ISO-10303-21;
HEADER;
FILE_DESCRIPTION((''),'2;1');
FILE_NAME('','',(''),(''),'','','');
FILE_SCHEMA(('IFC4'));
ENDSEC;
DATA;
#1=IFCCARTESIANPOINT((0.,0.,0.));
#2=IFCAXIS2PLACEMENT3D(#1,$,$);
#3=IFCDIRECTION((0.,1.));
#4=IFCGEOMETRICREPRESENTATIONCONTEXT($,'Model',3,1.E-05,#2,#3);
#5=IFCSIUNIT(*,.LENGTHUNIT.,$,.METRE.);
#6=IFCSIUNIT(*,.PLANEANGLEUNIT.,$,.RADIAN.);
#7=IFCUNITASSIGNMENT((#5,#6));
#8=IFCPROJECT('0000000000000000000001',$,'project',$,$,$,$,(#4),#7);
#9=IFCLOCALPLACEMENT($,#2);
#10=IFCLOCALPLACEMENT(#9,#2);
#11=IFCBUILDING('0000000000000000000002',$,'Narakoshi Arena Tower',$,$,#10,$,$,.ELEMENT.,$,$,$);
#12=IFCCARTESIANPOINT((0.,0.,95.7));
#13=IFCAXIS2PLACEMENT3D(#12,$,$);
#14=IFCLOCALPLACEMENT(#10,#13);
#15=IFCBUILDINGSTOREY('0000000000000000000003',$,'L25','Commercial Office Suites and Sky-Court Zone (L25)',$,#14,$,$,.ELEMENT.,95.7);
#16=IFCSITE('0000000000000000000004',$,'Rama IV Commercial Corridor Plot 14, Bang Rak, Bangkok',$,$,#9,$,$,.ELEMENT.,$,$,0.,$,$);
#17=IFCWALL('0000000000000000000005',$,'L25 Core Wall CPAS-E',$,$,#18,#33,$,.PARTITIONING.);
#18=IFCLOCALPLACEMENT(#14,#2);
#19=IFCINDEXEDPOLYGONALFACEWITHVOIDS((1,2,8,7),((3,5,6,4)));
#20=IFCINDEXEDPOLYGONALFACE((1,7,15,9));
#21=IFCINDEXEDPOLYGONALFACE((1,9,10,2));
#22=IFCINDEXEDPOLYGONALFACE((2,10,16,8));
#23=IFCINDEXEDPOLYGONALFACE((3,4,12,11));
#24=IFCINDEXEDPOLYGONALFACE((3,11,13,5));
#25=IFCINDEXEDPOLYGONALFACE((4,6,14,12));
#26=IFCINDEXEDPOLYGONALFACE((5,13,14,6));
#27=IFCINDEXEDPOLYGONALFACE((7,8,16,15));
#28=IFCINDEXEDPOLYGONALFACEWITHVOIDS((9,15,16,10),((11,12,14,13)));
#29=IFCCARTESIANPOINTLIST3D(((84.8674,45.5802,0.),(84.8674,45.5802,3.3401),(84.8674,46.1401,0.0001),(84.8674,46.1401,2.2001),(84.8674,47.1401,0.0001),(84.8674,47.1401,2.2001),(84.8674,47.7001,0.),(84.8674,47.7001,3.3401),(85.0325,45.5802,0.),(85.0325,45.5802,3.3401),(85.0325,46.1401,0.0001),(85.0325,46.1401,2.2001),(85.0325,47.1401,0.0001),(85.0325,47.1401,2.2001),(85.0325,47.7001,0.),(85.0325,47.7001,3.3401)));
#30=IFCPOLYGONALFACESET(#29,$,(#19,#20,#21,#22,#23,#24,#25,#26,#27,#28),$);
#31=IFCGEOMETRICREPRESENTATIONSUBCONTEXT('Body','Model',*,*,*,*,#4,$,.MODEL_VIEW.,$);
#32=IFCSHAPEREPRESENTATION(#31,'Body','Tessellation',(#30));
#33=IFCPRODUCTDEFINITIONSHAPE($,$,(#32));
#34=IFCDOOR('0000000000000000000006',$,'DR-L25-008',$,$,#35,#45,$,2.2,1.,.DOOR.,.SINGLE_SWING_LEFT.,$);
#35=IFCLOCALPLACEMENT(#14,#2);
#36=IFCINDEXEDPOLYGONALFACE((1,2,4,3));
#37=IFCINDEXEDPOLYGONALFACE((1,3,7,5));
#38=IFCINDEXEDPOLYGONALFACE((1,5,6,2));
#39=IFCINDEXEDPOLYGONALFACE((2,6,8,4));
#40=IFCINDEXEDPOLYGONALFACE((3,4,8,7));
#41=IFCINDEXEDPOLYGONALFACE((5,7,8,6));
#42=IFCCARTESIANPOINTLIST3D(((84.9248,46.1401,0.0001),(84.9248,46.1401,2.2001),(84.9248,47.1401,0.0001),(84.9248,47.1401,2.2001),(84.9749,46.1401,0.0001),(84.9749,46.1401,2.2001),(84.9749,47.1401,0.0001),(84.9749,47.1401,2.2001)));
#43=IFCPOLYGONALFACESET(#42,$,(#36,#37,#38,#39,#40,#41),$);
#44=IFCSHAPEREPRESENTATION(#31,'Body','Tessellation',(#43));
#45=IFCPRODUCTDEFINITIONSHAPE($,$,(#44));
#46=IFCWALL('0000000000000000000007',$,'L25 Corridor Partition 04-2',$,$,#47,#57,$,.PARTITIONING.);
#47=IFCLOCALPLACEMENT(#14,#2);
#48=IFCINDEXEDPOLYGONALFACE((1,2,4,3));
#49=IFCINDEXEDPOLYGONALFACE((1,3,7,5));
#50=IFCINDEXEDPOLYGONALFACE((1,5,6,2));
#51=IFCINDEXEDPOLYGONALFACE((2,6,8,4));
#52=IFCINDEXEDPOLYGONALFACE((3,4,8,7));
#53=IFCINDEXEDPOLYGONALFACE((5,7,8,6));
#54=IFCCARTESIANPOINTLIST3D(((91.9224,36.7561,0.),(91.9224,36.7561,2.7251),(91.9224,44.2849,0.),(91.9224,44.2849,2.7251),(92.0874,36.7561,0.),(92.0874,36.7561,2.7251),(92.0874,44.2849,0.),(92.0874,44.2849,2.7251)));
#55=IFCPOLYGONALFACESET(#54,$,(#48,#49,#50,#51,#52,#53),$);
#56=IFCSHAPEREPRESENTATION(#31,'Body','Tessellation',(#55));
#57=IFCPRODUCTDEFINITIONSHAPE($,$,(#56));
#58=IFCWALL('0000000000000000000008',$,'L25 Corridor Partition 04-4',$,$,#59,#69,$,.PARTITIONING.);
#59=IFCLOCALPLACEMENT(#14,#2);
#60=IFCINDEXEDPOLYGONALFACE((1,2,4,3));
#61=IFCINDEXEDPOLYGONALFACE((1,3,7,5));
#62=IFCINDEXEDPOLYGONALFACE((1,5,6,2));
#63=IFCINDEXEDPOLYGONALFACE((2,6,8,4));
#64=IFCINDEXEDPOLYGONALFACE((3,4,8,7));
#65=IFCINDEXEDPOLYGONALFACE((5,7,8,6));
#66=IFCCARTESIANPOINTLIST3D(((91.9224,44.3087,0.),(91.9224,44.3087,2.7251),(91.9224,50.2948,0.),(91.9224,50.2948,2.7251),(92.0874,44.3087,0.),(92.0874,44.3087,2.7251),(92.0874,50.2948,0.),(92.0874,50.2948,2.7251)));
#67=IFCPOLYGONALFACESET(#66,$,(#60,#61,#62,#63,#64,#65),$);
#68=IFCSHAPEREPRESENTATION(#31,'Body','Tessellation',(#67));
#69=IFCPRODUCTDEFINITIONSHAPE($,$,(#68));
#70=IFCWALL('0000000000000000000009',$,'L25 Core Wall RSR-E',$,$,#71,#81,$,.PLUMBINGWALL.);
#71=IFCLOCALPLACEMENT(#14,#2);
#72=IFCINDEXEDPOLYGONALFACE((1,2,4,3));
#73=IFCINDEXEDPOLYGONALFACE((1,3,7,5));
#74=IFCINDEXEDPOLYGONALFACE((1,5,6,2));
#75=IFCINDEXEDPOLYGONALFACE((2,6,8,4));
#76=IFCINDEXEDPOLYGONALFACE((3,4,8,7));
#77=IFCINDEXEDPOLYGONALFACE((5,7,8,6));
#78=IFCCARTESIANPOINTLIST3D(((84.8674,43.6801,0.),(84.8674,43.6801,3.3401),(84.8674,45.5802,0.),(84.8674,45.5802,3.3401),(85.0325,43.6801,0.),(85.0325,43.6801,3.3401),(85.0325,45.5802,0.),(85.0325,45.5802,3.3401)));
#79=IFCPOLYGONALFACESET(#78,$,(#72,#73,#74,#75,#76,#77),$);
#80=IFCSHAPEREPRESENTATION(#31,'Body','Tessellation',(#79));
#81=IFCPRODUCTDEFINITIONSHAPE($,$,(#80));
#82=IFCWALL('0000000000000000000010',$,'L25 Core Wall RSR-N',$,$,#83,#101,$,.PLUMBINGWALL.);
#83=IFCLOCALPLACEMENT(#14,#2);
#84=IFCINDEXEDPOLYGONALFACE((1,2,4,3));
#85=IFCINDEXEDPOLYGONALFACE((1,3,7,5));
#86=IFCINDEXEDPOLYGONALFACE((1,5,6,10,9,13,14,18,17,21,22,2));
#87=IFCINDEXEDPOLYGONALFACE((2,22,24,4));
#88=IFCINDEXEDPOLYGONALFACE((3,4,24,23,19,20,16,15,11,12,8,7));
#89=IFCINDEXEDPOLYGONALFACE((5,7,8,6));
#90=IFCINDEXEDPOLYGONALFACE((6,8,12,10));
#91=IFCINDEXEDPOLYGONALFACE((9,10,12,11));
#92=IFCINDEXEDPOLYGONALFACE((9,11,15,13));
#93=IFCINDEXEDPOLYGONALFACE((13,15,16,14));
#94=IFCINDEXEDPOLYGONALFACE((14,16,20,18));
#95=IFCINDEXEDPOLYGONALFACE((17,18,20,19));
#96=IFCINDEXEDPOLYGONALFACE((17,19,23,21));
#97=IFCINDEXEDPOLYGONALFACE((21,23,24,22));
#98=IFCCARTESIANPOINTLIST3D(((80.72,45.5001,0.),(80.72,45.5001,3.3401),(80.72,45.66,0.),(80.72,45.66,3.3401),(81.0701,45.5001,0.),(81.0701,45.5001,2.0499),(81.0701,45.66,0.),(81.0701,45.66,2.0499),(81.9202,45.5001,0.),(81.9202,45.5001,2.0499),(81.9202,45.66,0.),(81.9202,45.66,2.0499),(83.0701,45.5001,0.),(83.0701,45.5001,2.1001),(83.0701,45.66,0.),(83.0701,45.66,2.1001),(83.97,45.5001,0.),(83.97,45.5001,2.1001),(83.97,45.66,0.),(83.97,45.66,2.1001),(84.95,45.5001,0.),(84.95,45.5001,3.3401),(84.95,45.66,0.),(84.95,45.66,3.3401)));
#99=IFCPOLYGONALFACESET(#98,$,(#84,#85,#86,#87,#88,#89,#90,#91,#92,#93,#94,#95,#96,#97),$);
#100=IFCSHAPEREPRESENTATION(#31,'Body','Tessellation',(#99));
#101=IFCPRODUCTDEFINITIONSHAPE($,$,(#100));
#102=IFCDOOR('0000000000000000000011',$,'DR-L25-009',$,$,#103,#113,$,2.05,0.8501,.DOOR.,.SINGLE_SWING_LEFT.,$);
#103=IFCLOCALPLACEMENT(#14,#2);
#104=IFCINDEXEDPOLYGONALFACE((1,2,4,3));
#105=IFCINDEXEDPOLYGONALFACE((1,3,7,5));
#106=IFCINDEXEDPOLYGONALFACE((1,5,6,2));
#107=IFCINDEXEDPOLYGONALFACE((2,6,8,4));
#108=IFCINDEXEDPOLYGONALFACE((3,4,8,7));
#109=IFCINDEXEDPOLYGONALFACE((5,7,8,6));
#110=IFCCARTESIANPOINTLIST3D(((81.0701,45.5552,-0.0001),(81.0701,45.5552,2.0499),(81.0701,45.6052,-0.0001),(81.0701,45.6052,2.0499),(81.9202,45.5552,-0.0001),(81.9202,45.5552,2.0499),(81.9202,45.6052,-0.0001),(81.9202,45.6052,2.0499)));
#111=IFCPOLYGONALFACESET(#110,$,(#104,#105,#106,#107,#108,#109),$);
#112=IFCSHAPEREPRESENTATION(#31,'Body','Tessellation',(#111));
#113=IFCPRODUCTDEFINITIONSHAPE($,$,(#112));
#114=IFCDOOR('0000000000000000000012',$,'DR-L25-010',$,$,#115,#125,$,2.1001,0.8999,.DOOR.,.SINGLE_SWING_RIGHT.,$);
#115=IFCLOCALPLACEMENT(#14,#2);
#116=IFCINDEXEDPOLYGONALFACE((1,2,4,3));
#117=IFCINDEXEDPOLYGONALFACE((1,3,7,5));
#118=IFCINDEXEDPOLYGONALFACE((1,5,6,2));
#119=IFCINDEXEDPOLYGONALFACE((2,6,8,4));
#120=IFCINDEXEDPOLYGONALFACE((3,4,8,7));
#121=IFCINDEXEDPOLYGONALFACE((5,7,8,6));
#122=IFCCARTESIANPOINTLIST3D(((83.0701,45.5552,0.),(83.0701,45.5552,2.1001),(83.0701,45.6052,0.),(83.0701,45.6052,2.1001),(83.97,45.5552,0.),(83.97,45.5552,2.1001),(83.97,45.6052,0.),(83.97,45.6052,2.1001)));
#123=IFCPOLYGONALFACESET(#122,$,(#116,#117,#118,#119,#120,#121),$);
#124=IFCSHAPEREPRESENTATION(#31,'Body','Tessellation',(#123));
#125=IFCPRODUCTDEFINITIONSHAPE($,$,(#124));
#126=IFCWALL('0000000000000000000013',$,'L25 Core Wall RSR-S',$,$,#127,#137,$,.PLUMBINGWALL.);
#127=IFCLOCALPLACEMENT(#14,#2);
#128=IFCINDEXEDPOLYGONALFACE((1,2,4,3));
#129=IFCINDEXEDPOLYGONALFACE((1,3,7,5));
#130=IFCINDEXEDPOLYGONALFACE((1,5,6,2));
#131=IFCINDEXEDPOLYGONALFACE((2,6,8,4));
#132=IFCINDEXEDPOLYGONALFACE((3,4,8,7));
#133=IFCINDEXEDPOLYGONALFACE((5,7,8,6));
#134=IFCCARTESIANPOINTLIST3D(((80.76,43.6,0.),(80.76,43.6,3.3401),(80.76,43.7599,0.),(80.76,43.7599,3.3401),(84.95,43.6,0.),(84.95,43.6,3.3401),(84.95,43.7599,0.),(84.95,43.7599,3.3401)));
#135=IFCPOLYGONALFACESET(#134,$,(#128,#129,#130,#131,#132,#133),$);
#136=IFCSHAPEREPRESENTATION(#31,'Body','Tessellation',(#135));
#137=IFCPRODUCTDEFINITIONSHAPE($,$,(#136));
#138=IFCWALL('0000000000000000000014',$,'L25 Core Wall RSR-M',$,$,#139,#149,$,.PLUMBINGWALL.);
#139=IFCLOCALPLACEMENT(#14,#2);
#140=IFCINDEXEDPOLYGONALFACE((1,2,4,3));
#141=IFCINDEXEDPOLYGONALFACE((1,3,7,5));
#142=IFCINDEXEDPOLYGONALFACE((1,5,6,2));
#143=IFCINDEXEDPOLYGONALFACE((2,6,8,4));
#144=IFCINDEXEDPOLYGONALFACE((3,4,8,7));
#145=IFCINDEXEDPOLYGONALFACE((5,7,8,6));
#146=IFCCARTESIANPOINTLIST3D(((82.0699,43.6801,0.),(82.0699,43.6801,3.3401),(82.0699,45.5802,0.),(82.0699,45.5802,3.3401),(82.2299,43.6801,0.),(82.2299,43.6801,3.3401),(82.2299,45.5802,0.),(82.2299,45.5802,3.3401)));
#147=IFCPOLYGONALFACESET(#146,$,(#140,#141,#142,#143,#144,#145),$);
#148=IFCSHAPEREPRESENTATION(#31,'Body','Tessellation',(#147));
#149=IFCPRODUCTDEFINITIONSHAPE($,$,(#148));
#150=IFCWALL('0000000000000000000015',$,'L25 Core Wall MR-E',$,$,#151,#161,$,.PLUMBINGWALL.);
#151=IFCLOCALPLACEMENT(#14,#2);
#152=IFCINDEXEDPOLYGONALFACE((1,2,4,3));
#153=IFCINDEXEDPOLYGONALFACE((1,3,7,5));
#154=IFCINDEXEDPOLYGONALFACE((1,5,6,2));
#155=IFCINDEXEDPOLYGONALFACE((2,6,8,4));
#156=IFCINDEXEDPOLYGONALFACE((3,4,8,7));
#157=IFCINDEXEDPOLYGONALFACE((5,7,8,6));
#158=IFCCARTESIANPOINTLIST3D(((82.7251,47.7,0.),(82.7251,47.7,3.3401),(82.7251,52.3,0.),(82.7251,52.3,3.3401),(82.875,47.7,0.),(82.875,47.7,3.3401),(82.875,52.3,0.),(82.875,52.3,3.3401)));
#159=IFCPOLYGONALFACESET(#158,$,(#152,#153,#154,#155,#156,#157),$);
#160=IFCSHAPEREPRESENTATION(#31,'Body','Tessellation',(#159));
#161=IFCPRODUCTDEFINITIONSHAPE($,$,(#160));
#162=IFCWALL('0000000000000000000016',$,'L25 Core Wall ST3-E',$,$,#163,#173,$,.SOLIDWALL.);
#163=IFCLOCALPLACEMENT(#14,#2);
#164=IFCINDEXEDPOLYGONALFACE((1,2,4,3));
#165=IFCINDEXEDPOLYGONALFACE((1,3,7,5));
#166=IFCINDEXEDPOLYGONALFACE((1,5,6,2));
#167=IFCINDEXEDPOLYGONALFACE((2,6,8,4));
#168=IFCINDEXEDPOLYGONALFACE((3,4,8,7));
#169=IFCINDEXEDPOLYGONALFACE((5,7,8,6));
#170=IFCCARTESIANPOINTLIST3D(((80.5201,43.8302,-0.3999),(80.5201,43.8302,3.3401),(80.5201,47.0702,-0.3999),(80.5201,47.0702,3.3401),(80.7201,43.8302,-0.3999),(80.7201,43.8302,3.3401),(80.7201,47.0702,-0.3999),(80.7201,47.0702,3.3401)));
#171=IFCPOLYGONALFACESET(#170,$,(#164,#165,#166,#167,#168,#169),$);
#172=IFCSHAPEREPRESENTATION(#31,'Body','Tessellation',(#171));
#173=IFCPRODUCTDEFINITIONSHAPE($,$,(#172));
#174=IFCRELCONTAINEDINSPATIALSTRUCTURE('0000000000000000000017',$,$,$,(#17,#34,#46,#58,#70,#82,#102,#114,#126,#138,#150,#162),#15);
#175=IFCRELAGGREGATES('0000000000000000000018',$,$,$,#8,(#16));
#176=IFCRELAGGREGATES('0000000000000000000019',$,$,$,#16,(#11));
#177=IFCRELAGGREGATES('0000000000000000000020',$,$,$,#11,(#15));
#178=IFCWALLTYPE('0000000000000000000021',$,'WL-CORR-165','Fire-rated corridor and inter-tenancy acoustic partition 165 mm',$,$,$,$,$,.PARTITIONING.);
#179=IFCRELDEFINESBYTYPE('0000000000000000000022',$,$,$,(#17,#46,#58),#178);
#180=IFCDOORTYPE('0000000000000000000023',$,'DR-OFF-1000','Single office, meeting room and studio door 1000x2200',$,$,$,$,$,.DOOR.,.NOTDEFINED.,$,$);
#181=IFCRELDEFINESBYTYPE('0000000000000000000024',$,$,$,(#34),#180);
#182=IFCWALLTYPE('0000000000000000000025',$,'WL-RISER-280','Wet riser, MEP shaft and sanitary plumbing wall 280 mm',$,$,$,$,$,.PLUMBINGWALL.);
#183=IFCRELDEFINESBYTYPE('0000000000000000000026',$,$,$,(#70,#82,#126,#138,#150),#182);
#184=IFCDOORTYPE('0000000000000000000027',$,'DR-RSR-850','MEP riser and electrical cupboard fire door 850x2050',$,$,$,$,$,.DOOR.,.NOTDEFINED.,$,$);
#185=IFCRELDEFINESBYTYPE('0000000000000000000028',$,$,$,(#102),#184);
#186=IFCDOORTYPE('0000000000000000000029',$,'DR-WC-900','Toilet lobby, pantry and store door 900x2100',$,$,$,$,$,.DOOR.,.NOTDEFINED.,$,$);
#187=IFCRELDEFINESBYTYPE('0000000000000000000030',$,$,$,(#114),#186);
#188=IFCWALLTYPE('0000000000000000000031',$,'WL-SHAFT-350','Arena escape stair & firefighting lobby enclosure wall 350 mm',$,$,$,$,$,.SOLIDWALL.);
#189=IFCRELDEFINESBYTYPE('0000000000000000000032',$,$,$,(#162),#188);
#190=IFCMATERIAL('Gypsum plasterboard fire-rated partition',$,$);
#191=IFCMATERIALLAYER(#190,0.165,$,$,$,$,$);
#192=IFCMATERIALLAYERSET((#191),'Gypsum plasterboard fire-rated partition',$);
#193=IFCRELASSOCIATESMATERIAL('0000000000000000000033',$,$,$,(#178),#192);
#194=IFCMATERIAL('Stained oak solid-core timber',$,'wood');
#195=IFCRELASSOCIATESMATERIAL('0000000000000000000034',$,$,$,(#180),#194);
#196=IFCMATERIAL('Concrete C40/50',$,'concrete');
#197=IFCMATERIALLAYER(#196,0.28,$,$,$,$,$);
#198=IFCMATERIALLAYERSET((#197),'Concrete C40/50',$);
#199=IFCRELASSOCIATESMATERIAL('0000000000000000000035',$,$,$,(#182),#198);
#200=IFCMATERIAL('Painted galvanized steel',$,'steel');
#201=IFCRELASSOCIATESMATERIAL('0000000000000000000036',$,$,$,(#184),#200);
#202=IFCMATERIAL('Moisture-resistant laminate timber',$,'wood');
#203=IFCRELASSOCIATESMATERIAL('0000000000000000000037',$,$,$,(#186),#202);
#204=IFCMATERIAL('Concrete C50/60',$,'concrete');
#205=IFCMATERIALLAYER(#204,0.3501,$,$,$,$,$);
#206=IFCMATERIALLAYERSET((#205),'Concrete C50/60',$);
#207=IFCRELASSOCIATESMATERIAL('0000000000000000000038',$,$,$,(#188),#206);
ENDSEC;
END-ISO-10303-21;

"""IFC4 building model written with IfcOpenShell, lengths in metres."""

from ifc_helpers import new_model, si_unit, direction, frame, frame_2d, origin, place, context, subcontext, project, spatial, rectangle, extrude, material, layer, layer_set, type_object, element, fill, save


model = new_model("IFC4")

# Units and contexts
model_context = context("Model", 3, precision=1e-05, world=origin(), true_north=direction((0.0, 1.0)))
body_context = subcontext(model_context, "Body", "Model", "MODEL_VIEW")
ifc_project = project(units=[si_unit("LENGTHUNIT", "METRE"), si_unit("PLANEANGLEUNIT", "RADIAN")], contexts=[model_context])

# Site, building, storey
site_placement = place(None, origin())
site = spatial("IfcSite", under=ifc_project, at=site_placement, Name="Rama IV Commercial Corridor Plot 14, Bang Rak, Bangkok", CompositionType="ELEMENT", RefElevation=0.0)
building_placement = place(site_placement, origin())
building = spatial("IfcBuilding", under=site, at=building_placement, Name="Narakoshi Arena Tower", CompositionType="ELEMENT")
storey_placement = place(building_placement, frame((0.0, 0.0, 95.7)))
storey = spatial("IfcBuildingStorey", under=building, at=storey_placement, Name="L25", Description="Commercial Office Suites and Sky-Court Zone (L25)", CompositionType="ELEMENT", Elevation=95.7)

# Wall, opening, door
ifc_material_1 = material(Name="Gypsum plasterboard fire-rated partition")
ifc_layer_1 = layer(ifc_material_1, 0.165)
ifc_layer_set_1 = layer_set([ifc_layer_1], Name="Gypsum plasterboard fire-rated partition")
wall_type_1 = type_object("IfcWallType", Name="WL-CORR-165", Description="Fire-rated corridor and inter-tenancy acoustic partition 165 mm", PredefinedType="PARTITIONING", material=ifc_layer_set_1)
wall_1_placement = place(storey_placement, frame((84.95, 45.5801, 0.0), z_axis=(0.0, 0.0, 1.0), x_axis=(0.0, 1.0, 0.0)))
wall_1 = element("IfcWall", 1, at=wall_1_placement, inside=storey, type_object=wall_type_1, Name="L25 Core Wall CPAS-E", PredefinedType="PARTITIONING", context=body_context, shape_type="SweptSolid", body=[
    extrude(rectangle(XDim=2.1199, YDim=0.165, at=frame_2d((1.0601, 0.0))), origin(), (0.0, 0.0, 1.0), 3.3401),
])
opening_1_placement = place(wall_1_placement, frame((0.5601, 0.0, 0.0)))
opening_1 = element("IfcOpeningElement", 2, at=opening_1_placement, cuts=wall_1, PredefinedType="OPENING", context=body_context, shape_type="SweptSolid", body=[
    extrude(rectangle(XDim=1.0, YDim=2.2, at=frame_2d((0.5, 1.1001))), frame((0.0, 0.0925, 0.0), z_axis=(0.0, -1.0, 0.0), x_axis=(1.0, 0.0, 0.0)), (0.0, 0.0, 1.0), 0.1851),
])
ifc_material_2 = material(Name="Stained oak solid-core timber", Category="wood")
door_type_1 = type_object("IfcDoorType", Name="DR-OFF-1000", Description="Single office, meeting room and studio door 1000x2200", OperationType="NOTDEFINED", PredefinedType="DOOR", material=ifc_material_2)
door_1_placement = place(opening_1_placement, frame((1.0, 0.0, 0.0), z_axis=(0.0, 0.0, 1.0), x_axis=(-1.0, 0.0, 0.0)))
door_1 = element("IfcDoor", 3, at=door_1_placement, inside=storey, type_object=door_type_1, Name="DR-L25-008", OperationType="SINGLE_SWING_LEFT", OverallHeight=2.2, OverallWidth=1.0, PredefinedType="DOOR", context=body_context, shape_type="SweptSolid", body=[
    extrude(rectangle(XDim=1.0, YDim=2.2, at=frame_2d((0.5, 1.1001))), frame((0.0, 0.0249, 0.0), z_axis=(0.0, -1.0, 0.0), x_axis=(1.0, 0.0, 0.0)), (0.0, 0.0, 1.0), 0.05),
])
fill(opening_1, door_1)

# Walls
wall_2_placement = place(storey_placement, frame((92.0049, 44.2849, 0.0), z_axis=(0.0, 0.0, 1.0), x_axis=(0.0, -1.0, 0.0)))
element("IfcWall", 4, at=wall_2_placement, inside=storey, type_object=wall_type_1, Name="L25 Corridor Partition 04-2", PredefinedType="PARTITIONING", context=body_context, shape_type="SweptSolid", body=[
    extrude(rectangle(XDim=7.5288, YDim=0.165, at=frame_2d((3.7644, 0.0))), origin(), (0.0, 0.0, 1.0), 2.7251),
])
wall_3_placement = place(storey_placement, frame((92.0049, 50.2949, 0.0), z_axis=(0.0, 0.0, 1.0), x_axis=(0.0, -1.0, 0.0)))
element("IfcWall", 5, at=wall_3_placement, inside=storey, type_object=wall_type_1, Name="L25 Corridor Partition 04-4", PredefinedType="PARTITIONING", context=body_context, shape_type="SweptSolid", body=[
    extrude(rectangle(XDim=5.9861, YDim=0.165, at=frame_2d((2.9932, 0.0))), origin(), (0.0, 0.0, 1.0), 2.7251),
])
ifc_material_3 = material(Name="Concrete C40/50", Category="concrete")
ifc_layer_2 = layer(ifc_material_3, 0.28)
ifc_layer_set_2 = layer_set([ifc_layer_2], Name="Concrete C40/50")
wall_type_2 = type_object("IfcWallType", Name="WL-RISER-280", Description="Wet riser, MEP shaft and sanitary plumbing wall 280 mm", PredefinedType="PLUMBINGWALL", material=ifc_layer_set_2)
wall_4_placement = place(storey_placement, frame((84.95, 43.6799, 0.0), z_axis=(0.0, 0.0, 1.0), x_axis=(0.0, 1.0, 0.0)))
element("IfcWall", 6, at=wall_4_placement, inside=storey, type_object=wall_type_2, Name="L25 Core Wall RSR-E", PredefinedType="PLUMBINGWALL", context=body_context, shape_type="SweptSolid", body=[
    extrude(rectangle(XDim=1.9001, YDim=0.165, at=frame_2d((0.9502, 0.0))), origin(), (0.0, 0.0, 1.0), 3.3401),
])

# Wall, openings, doors
wall_5_placement = place(storey_placement, frame((80.72, 45.5801, 0.0), z_axis=(0.0, 0.0, 1.0), x_axis=(1.0, 0.0, 0.0)))
wall_5 = element("IfcWall", 7, at=wall_5_placement, inside=storey, type_object=wall_type_2, Name="L25 Core Wall RSR-N", PredefinedType="PLUMBINGWALL", context=body_context, shape_type="SweptSolid", body=[
    extrude(rectangle(XDim=4.23, YDim=0.1599, at=frame_2d((2.115, 0.0))), origin(), (0.0, 0.0, 1.0), 3.3401),
])
opening_2_placement = place(wall_5_placement, frame((0.3501, 0.0, 0.0)))
opening_2 = element("IfcOpeningElement", 8, at=opening_2_placement, cuts=wall_5, PredefinedType="OPENING", context=body_context, shape_type="SweptSolid", body=[
    extrude(rectangle(XDim=0.8501, YDim=2.05, at=frame_2d((0.425, 1.0249))), frame((0.0, 0.0898, 0.0), z_axis=(0.0, -1.0, 0.0), x_axis=(1.0, 0.0, 0.0)), (0.0, 0.0, 1.0), 0.1799),
])
opening_3_placement = place(wall_5_placement, frame((2.3501, 0.0, 0.0)))
opening_3 = element("IfcOpeningElement", 9, at=opening_3_placement, cuts=wall_5, PredefinedType="OPENING", context=body_context, shape_type="SweptSolid", body=[
    extrude(rectangle(XDim=0.8999, YDim=2.1001, at=frame_2d((0.45, 1.05))), frame((0.0, 0.0898, 0.0), z_axis=(0.0, -1.0, 0.0), x_axis=(1.0, 0.0, 0.0)), (0.0, 0.0, 1.0), 0.1799),
])
ifc_material_4 = material(Name="Painted galvanized steel", Category="steel")
door_type_2 = type_object("IfcDoorType", Name="DR-RSR-850", Description="MEP riser and electrical cupboard fire door 850x2050", OperationType="NOTDEFINED", PredefinedType="DOOR", material=ifc_material_4)
door_2_placement = place(opening_2_placement, frame((0.8501, 0.0, 0.0), z_axis=(0.0, 0.0, 1.0), x_axis=(-1.0, 0.0, 0.0)))
door_2 = element("IfcDoor", 10, at=door_2_placement, inside=storey, type_object=door_type_2, Name="DR-L25-009", OperationType="SINGLE_SWING_LEFT", OverallHeight=2.05, OverallWidth=0.8501, PredefinedType="DOOR", context=body_context, shape_type="SweptSolid", body=[
    extrude(rectangle(XDim=0.8501, YDim=2.05, at=frame_2d((0.425, 1.0249))), frame((0.0, 0.0249, 0.0), z_axis=(0.0, -1.0, 0.0), x_axis=(1.0, 0.0, 0.0)), (0.0, 0.0, 1.0), 0.05),
])
fill(opening_2, door_2)
ifc_material_5 = material(Name="Moisture-resistant laminate timber", Category="wood")
door_type_3 = type_object("IfcDoorType", Name="DR-WC-900", Description="Toilet lobby, pantry and store door 900x2100", OperationType="NOTDEFINED", PredefinedType="DOOR", material=ifc_material_5)
door_3_placement = place(opening_3_placement, frame((0.8999, 0.0, 0.0), z_axis=(0.0, 0.0, 1.0), x_axis=(-1.0, 0.0, 0.0)))
door_3 = element("IfcDoor", 11, at=door_3_placement, inside=storey, type_object=door_type_3, Name="DR-L25-010", OperationType="SINGLE_SWING_RIGHT", OverallHeight=2.1001, OverallWidth=0.8999, PredefinedType="DOOR", context=body_context, shape_type="SweptSolid", body=[
    extrude(rectangle(XDim=0.8999, YDim=2.1001, at=frame_2d((0.45, 1.05))), frame((0.0, 0.0249, 0.0), z_axis=(0.0, -1.0, 0.0), x_axis=(1.0, 0.0, 0.0)), (0.0, 0.0, 1.0), 0.05),
])
fill(opening_3, door_3)

# Walls
wall_6_placement = place(storey_placement, frame((80.76, 43.6799, 0.0), z_axis=(0.0, 0.0, 1.0), x_axis=(1.0, 0.0, 0.0)))
element("IfcWall", 12, at=wall_6_placement, inside=storey, type_object=wall_type_2, Name="L25 Core Wall RSR-S", PredefinedType="PLUMBINGWALL", context=body_context, shape_type="SweptSolid", body=[
    extrude(rectangle(XDim=4.1899, YDim=0.1599, at=frame_2d((2.095, 0.0))), origin(), (0.0, 0.0, 1.0), 3.3401),
])
wall_7_placement = place(storey_placement, frame((82.1499, 43.6799, 0.0), z_axis=(0.0, 0.0, 1.0), x_axis=(0.0, 1.0, 0.0)))
element("IfcWall", 13, at=wall_7_placement, inside=storey, type_object=wall_type_2, Name="L25 Core Wall RSR-M", PredefinedType="PLUMBINGWALL", context=body_context, shape_type="SweptSolid", body=[
    extrude(rectangle(XDim=1.9001, YDim=0.1599, at=frame_2d((0.9502, 0.0))), origin(), (0.0, 0.0, 1.0), 3.3401),
])
wall_8_placement = place(storey_placement, frame((82.8, 47.7, 0.0), z_axis=(0.0, 0.0, 1.0), x_axis=(0.0, 1.0, 0.0)))
element("IfcWall", 14, at=wall_8_placement, inside=storey, type_object=wall_type_2, Name="L25 Core Wall MR-E", PredefinedType="PLUMBINGWALL", context=body_context, shape_type="SweptSolid", body=[
    extrude(rectangle(XDim=4.6001, YDim=0.1499, at=frame_2d((2.3, 0.0))), origin(), (0.0, 0.0, 1.0), 3.3401),
])
ifc_material_6 = material(Name="Concrete C50/60", Category="concrete")
ifc_layer_3 = layer(ifc_material_6, 0.3501)
ifc_layer_set_3 = layer_set([ifc_layer_3], Name="Concrete C50/60")
wall_type_3 = type_object("IfcWallType", Name="WL-SHAFT-350", Description="Arena escape stair & firefighting lobby enclosure wall 350 mm", PredefinedType="SOLIDWALL", material=ifc_layer_set_3)
wall_9_placement = place(storey_placement, frame((80.6201, 43.8301, -0.3999), z_axis=(0.0, 0.0, 1.0), x_axis=(0.0, 1.0, 0.0)))
element("IfcWall", 15, at=wall_9_placement, inside=storey, type_object=wall_type_3, Name="L25 Core Wall ST3-E", PredefinedType="SOLIDWALL", context=body_context, shape_type="SweptSolid", body=[
    extrude(rectangle(XDim=3.24, YDim=0.2, at=frame_2d((1.6201, 0.0))), origin(), (0.0, 0.0, 1.0), 3.74),
])

save(model, "model.ifc")
